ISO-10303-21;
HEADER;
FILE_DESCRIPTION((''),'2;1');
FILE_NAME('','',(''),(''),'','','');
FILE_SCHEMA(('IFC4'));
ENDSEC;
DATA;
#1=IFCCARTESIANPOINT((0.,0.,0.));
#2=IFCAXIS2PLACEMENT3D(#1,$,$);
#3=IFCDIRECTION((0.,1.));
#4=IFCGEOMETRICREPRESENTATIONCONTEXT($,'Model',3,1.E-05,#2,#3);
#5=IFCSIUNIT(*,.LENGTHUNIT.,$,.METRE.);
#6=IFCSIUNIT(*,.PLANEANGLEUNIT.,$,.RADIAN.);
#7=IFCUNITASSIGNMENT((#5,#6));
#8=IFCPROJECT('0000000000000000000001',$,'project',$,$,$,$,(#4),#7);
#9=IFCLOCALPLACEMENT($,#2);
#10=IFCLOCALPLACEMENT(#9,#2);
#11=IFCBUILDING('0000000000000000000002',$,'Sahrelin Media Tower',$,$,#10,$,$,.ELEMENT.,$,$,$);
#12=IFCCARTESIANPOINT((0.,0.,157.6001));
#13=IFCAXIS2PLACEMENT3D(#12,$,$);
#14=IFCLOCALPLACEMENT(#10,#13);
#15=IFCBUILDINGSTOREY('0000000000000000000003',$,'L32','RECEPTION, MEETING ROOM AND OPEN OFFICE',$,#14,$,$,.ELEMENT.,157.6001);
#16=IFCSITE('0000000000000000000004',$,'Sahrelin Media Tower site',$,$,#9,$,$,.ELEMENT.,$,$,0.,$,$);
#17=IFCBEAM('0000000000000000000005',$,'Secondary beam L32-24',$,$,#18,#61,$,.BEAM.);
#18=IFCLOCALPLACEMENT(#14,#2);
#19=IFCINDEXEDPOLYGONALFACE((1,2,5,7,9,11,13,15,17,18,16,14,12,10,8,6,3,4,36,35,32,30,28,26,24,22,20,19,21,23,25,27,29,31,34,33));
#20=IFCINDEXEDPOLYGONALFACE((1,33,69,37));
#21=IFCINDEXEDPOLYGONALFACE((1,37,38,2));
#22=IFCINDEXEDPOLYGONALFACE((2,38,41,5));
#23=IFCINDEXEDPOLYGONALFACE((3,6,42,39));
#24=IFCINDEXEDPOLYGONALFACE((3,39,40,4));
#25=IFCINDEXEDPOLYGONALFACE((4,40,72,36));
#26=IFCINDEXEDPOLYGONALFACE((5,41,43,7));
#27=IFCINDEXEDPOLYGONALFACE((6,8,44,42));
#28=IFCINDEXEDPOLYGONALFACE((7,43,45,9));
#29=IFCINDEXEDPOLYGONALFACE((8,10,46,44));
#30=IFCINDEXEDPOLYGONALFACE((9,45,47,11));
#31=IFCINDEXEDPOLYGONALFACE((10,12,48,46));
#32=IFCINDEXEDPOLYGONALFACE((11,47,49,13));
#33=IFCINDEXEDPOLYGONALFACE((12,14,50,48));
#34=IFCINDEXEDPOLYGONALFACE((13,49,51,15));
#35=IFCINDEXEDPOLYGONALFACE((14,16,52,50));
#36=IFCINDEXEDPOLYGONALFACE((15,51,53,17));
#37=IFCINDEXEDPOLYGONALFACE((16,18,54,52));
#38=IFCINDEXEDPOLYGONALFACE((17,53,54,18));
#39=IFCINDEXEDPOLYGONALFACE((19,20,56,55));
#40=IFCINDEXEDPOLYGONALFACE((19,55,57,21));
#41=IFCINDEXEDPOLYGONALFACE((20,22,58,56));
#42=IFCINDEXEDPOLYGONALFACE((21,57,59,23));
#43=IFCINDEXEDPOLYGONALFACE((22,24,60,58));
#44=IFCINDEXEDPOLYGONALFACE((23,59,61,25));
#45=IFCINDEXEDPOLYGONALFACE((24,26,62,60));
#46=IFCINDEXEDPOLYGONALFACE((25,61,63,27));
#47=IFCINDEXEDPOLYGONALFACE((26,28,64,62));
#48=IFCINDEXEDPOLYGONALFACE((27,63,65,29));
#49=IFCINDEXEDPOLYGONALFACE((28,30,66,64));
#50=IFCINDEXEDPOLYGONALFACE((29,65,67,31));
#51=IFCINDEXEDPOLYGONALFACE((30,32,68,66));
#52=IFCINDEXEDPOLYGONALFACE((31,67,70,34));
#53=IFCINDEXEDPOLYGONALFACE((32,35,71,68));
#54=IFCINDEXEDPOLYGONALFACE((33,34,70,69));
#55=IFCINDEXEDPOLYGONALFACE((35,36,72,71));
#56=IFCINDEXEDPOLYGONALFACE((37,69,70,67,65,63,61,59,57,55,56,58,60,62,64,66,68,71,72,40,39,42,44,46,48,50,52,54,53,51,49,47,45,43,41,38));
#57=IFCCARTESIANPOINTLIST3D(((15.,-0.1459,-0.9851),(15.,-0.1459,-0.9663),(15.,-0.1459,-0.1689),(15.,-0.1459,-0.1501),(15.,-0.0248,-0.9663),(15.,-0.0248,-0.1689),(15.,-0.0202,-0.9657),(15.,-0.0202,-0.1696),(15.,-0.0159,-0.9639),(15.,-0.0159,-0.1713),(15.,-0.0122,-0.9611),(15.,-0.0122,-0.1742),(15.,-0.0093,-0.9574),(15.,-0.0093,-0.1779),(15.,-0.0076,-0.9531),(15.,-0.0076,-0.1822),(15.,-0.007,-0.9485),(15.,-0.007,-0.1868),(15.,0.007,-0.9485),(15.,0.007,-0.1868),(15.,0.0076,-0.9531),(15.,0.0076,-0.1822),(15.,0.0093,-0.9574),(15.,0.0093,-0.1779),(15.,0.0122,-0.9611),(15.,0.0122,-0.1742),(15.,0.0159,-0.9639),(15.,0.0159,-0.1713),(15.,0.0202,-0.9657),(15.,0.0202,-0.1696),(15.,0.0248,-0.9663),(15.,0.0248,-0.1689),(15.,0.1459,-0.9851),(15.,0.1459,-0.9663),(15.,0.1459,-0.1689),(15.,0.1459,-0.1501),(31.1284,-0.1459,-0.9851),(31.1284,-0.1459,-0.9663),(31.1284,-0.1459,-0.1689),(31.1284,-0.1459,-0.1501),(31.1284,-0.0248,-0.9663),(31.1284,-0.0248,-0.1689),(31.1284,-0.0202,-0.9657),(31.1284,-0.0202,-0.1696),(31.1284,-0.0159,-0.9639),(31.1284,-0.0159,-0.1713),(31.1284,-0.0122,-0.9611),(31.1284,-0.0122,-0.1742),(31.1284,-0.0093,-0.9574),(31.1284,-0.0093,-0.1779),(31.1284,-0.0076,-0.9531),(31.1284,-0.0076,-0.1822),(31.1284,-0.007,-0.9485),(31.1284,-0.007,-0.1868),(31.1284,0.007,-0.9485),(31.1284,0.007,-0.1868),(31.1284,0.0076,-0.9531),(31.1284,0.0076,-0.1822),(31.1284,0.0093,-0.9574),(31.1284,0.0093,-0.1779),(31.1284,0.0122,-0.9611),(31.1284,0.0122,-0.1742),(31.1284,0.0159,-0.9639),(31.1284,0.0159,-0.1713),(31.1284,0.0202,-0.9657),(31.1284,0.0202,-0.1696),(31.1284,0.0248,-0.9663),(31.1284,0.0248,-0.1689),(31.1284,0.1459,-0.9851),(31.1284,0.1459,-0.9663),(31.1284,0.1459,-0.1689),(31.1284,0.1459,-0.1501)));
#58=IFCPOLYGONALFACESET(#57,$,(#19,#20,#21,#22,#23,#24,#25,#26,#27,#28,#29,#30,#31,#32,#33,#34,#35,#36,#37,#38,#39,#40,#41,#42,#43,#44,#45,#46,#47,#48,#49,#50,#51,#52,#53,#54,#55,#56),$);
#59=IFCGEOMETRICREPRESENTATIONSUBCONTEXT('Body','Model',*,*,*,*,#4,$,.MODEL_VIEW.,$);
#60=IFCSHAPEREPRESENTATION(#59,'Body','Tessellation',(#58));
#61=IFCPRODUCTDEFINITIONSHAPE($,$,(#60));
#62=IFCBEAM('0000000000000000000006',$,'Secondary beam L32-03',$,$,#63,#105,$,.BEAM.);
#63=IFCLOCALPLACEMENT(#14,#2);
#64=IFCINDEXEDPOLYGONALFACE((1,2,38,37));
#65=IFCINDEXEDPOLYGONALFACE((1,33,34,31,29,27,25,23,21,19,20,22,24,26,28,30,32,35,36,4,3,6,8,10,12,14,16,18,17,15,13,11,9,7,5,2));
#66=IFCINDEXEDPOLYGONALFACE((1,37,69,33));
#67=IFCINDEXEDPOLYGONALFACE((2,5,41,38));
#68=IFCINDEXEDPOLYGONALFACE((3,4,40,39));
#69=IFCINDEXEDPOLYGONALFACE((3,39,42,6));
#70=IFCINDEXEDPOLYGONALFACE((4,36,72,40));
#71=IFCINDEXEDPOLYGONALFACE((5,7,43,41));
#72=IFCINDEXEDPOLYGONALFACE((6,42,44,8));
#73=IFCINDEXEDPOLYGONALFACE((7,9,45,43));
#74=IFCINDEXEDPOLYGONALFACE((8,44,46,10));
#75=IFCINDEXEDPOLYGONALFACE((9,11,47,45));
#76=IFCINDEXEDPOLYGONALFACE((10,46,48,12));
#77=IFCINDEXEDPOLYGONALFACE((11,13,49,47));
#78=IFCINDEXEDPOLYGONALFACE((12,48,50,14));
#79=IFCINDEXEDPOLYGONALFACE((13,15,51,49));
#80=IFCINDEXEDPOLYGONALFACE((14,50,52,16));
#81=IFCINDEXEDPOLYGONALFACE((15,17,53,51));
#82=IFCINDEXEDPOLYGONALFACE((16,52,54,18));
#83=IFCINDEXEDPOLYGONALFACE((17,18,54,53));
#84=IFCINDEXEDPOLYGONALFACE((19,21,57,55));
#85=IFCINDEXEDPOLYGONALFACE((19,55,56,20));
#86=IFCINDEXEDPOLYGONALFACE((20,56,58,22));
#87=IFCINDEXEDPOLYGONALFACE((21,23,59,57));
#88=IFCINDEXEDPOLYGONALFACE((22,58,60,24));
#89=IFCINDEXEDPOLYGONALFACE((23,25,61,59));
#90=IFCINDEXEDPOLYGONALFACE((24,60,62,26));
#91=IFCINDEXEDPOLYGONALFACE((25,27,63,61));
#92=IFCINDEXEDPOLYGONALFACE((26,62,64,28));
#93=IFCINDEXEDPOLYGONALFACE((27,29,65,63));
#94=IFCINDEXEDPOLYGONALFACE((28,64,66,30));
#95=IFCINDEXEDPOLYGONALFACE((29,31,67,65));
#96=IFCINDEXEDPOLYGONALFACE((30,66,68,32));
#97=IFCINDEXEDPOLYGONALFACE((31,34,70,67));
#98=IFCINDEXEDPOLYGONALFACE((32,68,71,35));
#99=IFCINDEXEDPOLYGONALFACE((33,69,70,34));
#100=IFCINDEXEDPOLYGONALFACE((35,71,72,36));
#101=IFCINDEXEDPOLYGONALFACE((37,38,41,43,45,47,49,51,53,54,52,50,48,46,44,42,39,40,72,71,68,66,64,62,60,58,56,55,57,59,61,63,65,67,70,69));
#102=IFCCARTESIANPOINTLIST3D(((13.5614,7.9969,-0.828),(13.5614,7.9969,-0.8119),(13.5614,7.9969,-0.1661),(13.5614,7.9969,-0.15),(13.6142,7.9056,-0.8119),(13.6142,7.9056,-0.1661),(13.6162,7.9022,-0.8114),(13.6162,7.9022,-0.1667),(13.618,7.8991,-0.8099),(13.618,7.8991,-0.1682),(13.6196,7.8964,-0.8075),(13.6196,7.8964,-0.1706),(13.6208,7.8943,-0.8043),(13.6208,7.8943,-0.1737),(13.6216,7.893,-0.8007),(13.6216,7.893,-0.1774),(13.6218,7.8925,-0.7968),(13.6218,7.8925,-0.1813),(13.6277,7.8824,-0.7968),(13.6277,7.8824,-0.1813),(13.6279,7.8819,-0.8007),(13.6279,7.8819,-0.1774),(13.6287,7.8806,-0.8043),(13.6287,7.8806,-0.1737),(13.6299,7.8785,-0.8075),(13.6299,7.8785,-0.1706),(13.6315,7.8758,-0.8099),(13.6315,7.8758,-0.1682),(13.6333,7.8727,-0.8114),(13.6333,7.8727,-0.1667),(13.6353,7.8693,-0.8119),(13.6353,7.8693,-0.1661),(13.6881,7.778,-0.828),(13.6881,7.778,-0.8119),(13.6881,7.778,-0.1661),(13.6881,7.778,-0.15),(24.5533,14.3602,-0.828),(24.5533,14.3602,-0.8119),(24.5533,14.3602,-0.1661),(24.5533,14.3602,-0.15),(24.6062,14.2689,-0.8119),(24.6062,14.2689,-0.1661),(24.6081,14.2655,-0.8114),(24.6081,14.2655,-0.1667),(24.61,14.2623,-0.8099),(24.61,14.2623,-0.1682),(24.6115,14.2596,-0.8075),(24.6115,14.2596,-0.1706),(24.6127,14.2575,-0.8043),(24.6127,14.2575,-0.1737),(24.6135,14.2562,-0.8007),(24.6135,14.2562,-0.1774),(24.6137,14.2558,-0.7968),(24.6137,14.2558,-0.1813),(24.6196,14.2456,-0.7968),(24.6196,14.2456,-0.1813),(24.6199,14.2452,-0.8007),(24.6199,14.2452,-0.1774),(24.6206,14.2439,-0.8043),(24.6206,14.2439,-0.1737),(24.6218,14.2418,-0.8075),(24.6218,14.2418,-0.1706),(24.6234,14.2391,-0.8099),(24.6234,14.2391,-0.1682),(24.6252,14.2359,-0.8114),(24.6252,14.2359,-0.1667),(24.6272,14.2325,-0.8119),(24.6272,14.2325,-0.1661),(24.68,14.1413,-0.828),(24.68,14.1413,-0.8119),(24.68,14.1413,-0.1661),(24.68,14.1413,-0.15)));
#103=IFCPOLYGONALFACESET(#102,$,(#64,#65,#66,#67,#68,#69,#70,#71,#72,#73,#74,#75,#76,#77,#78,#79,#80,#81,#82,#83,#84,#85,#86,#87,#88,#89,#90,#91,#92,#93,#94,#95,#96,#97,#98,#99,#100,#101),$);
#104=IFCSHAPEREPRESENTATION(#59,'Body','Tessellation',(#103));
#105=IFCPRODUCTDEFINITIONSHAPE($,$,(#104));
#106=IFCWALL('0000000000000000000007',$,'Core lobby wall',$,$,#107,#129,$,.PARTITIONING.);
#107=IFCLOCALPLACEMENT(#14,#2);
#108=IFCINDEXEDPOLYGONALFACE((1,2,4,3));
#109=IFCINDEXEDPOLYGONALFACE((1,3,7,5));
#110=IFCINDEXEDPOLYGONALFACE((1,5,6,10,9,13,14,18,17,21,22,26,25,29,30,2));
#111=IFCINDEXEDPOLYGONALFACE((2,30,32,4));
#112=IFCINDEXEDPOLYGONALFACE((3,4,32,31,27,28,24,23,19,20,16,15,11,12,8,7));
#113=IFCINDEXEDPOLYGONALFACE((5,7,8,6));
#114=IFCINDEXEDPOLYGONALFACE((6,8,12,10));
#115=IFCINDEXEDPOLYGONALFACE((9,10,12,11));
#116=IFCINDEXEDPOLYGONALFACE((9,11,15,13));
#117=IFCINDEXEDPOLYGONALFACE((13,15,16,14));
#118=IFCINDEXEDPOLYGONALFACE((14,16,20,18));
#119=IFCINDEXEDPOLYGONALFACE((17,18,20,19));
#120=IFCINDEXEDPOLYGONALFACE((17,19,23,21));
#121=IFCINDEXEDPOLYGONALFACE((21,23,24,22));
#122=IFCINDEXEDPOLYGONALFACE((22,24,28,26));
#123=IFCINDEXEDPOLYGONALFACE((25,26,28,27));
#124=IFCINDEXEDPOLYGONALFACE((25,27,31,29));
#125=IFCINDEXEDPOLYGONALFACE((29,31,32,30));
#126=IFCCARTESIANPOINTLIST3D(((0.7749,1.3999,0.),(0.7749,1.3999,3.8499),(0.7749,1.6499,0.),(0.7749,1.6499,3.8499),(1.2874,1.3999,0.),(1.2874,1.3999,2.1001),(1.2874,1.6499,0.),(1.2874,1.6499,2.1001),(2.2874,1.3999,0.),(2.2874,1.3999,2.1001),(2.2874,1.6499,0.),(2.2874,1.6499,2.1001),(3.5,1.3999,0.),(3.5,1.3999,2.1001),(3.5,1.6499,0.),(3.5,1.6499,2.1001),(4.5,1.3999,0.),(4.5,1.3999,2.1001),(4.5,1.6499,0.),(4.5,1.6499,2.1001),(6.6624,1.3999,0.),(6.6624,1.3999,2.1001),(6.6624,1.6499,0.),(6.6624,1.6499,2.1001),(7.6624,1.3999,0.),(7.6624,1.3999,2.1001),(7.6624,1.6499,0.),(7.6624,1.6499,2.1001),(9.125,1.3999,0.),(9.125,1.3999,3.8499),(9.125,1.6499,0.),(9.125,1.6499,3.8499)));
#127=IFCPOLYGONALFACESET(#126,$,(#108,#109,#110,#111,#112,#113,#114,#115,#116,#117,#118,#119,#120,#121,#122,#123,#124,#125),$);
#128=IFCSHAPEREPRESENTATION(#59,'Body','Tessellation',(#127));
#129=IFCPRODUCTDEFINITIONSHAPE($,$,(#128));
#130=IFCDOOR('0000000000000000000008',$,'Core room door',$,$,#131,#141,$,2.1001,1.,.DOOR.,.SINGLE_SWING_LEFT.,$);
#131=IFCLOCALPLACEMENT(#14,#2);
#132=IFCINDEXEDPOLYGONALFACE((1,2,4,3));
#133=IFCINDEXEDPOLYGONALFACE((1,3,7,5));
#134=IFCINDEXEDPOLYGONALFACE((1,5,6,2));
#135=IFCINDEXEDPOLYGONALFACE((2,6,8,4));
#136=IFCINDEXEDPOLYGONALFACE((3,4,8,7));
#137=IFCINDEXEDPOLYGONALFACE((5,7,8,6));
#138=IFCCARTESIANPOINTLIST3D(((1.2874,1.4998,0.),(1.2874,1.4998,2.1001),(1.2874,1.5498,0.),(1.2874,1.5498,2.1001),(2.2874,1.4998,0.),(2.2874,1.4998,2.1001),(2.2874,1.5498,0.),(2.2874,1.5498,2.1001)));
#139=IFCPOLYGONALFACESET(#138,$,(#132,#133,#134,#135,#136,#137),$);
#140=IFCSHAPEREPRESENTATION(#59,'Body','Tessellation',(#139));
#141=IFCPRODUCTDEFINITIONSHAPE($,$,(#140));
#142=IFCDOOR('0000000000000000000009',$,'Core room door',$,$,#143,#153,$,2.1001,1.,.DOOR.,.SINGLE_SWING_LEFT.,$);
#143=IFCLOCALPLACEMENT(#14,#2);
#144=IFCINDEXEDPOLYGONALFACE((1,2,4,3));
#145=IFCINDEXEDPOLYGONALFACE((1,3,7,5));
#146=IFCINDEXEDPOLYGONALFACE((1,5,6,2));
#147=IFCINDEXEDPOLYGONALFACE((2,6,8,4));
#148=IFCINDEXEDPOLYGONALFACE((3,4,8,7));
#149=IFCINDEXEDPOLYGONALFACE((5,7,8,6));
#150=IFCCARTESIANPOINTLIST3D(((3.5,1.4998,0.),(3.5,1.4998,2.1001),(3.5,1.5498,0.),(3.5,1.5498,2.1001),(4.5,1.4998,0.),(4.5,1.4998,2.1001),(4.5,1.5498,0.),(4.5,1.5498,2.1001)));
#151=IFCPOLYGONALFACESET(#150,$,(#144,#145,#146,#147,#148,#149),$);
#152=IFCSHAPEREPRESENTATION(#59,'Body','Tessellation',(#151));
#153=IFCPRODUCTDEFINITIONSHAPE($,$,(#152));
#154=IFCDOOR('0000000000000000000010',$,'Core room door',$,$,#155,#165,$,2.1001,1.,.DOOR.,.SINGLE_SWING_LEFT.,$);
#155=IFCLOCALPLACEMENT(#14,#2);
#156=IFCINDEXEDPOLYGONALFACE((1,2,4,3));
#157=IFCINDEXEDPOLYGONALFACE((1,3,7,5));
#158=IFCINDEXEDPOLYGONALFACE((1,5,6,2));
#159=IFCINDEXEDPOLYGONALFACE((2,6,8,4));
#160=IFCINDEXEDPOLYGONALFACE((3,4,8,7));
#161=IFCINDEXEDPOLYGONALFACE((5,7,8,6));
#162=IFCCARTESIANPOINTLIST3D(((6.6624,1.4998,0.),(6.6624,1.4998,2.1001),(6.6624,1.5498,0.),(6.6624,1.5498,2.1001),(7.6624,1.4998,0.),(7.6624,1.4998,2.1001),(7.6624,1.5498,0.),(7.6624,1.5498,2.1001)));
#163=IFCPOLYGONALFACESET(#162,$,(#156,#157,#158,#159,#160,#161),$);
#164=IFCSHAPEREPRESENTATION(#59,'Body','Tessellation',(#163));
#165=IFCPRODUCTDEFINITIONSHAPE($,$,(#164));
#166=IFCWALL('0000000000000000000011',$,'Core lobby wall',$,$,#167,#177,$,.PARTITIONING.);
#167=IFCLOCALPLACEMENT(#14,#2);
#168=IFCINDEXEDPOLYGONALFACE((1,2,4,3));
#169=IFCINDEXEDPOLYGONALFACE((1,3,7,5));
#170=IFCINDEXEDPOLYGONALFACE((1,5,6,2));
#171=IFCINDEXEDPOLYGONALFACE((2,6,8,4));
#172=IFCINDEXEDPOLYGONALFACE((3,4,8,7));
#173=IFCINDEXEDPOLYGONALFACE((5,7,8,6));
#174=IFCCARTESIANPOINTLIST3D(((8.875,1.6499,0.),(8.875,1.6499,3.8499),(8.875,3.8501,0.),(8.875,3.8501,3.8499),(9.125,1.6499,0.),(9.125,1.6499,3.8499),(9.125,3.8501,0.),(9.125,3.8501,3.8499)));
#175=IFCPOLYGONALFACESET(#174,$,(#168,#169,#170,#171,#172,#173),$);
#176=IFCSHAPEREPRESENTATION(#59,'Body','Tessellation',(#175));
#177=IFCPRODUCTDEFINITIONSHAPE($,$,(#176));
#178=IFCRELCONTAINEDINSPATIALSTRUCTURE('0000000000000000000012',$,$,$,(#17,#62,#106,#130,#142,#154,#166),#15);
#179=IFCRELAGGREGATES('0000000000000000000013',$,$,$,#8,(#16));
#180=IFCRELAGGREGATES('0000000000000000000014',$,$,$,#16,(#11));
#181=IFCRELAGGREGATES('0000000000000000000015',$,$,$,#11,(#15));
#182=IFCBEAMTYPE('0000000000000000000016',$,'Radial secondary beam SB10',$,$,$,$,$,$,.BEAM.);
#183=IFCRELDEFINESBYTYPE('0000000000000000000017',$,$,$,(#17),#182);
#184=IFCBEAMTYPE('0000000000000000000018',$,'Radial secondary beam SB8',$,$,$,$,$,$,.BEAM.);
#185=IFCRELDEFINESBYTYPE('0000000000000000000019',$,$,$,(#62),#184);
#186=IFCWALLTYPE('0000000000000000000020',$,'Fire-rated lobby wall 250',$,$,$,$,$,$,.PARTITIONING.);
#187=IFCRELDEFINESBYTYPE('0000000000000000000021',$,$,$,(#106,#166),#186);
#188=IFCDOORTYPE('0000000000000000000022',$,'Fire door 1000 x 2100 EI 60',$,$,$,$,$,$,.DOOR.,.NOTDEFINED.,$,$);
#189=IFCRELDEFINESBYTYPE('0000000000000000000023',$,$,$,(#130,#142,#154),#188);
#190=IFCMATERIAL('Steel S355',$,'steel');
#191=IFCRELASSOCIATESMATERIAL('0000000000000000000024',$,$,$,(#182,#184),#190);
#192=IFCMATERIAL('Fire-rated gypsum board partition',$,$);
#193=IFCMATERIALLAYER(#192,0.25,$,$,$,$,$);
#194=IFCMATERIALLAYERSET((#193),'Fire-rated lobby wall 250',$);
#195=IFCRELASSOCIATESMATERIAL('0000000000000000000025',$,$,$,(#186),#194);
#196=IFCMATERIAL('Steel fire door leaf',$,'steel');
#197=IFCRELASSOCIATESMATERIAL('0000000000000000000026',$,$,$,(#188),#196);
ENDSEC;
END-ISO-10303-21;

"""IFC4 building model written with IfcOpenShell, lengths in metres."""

from ifc_helpers import new_model, si_unit, direction, frame, frame_2d, origin, origin_2d, place, context, subcontext, project, spatial, rectangle, i_section, extrude, material, layer, layer_set, material_profile, profile_set, type_object, element, fill, save


model = new_model("IFC4")

# Units and contexts
model_context = context("Model", 3, precision=1e-05, world=origin(), true_north=direction((0.0, 1.0)))
body_context = subcontext(model_context, "Body", "Model", "MODEL_VIEW")
ifc_project = project(units=[si_unit("LENGTHUNIT", "METRE"), si_unit("PLANEANGLEUNIT", "RADIAN")], contexts=[model_context])

# Site, building, storey
site_placement = place(None, origin())
site = spatial("IfcSite", under=ifc_project, at=site_placement, Name="Sahrelin Media Tower site", CompositionType="ELEMENT", RefElevation=0.0)
building_placement = place(site_placement, origin())
building = spatial("IfcBuilding", under=site, at=building_placement, Name="Sahrelin Media Tower", CompositionType="ELEMENT")
storey_placement = place(building_placement, frame((0.0, 0.0, 157.6001)))
storey = spatial("IfcBuildingStorey", under=building, at=storey_placement, Name="L32", Description="RECEPTION, MEETING ROOM AND OPEN OFFICE", CompositionType="ELEMENT", Elevation=157.6001)

# Beams
ifc_material_1 = material(Name="Steel S355", Category="steel")
ifc_material_profile_1 = material_profile(ifc_material_1, i_section(OverallWidth=0.2917, OverallDepth=0.835, WebThickness=0.0139, FlangeThickness=0.0188, FilletRadius=0.0178, at=origin_2d()), Name="UB 838x292x176")
ifc_profile_set_1 = profile_set([ifc_material_profile_1], Name="Steel S355")
beam_type_1 = type_object("IfcBeamType", Name="Radial secondary beam SB10", PredefinedType="BEAM", material=ifc_profile_set_1)
beam_1_placement = place(storey_placement, frame((15.0, 0.0, -0.5676), z_axis=(1.0, 0.0, 0.0), x_axis=(0.0, 1.0, 0.0)))
element("IfcBeam", 1, at=beam_1_placement, inside=storey, type_object=beam_type_1, Name="Secondary beam L32-24", PredefinedType="BEAM", context=body_context, shape_type="SweptSolid", body=[
    extrude(i_section(OverallWidth=0.2917, OverallDepth=0.835, WebThickness=0.0139, FlangeThickness=0.0188, FilletRadius=0.0178, at=origin_2d()), origin(), (0.0, 0.0, 1.0), 16.1284),
])
ifc_material_profile_2 = material_profile(ifc_material_1, i_section(OverallWidth=0.2529, OverallDepth=0.678, WebThickness=0.0117, FlangeThickness=0.0161, FilletRadius=0.0151, at=origin_2d()), Name="UB 686x254x125")
ifc_profile_set_2 = profile_set([ifc_material_profile_2], Name="Steel S355")
beam_type_2 = type_object("IfcBeamType", Name="Radial secondary beam SB8", PredefinedType="BEAM", material=ifc_profile_set_2)
beam_2_placement = place(storey_placement, frame((13.6248, 7.8875, -0.489), z_axis=(0.865443, 0.501008, 0.0), x_axis=(-0.501008, 0.865443, 0.0)))
element("IfcBeam", 2, at=beam_2_placement, inside=storey, type_object=beam_type_2, Name="Secondary beam L32-03", PredefinedType="BEAM", context=body_context, shape_type="SweptSolid", body=[
    extrude(i_section(OverallWidth=0.2529, OverallDepth=0.678, WebThickness=0.0117, FlangeThickness=0.0161, FilletRadius=0.0151, at=origin_2d()), origin(), (0.0, 0.0, 1.0), 12.7009),
])

# Wall, openings, doors
ifc_material_2 = material(Name="Fire-rated gypsum board partition")
ifc_layer_1 = layer(ifc_material_2, 0.25)
ifc_layer_set_1 = layer_set([ifc_layer_1], Name="Fire-rated lobby wall 250")
wall_type_1 = type_object("IfcWallType", Name="Fire-rated lobby wall 250", PredefinedType="PARTITIONING", material=ifc_layer_set_1)
wall_1_placement = place(storey_placement, frame((0.7749, 1.5249, 0.0), z_axis=(0.0, 0.0, 1.0), x_axis=(1.0, 0.0, 0.0)))
wall_1 = element("IfcWall", 3, at=wall_1_placement, inside=storey, type_object=wall_type_1, Name="Core lobby wall", PredefinedType="PARTITIONING", context=body_context, shape_type="SweptSolid", body=[
    extrude(rectangle(XDim=8.3501, YDim=0.25, at=frame_2d((4.175, 0.0))), origin(), (0.0, 0.0, 1.0), 3.8499),
])
opening_1_placement = place(wall_1_placement, frame((0.5125, 0.0, 0.0)))
opening_1 = element("IfcOpeningElement", 4, at=opening_1_placement, cuts=wall_1, PredefinedType="OPENING", context=body_context, shape_type="SweptSolid", body=[
    extrude(rectangle(XDim=1.0, YDim=2.1001, at=frame_2d((0.5, 1.05))), frame((0.0, 0.125, 0.0), z_axis=(0.0, -1.0, 0.0), x_axis=(1.0, 0.0, 0.0)), (0.0, 0.0, 1.0), 0.25),
])
opening_2_placement = place(wall_1_placement, frame((2.7251, 0.0, 0.0)))
opening_2 = element("IfcOpeningElement", 5, at=opening_2_placement, cuts=wall_1, PredefinedType="OPENING", context=body_context, shape_type="SweptSolid", body=[
    extrude(rectangle(XDim=1.0, YDim=2.1001, at=frame_2d((0.5, 1.05))), frame((0.0, 0.125, 0.0), z_axis=(0.0, -1.0, 0.0), x_axis=(1.0, 0.0, 0.0)), (0.0, 0.0, 1.0), 0.25),
])
opening_3_placement = place(wall_1_placement, frame((5.8875, 0.0, 0.0)))
opening_3 = element("IfcOpeningElement", 6, at=opening_3_placement, cuts=wall_1, PredefinedType="OPENING", context=body_context, shape_type="SweptSolid", body=[
    extrude(rectangle(XDim=1.0, YDim=2.1001, at=frame_2d((0.5, 1.05))), frame((0.0, 0.125, 0.0), z_axis=(0.0, -1.0, 0.0), x_axis=(1.0, 0.0, 0.0)), (0.0, 0.0, 1.0), 0.25),
])
ifc_material_3 = material(Name="Steel fire door leaf", Category="steel")
door_type_1 = type_object("IfcDoorType", Name="Fire door 1000 x 2100 EI 60", OperationType="NOTDEFINED", PredefinedType="DOOR", material=ifc_material_3)
door_1_placement = place(opening_1_placement, origin())
door_1 = element("IfcDoor", 7, at=door_1_placement, inside=storey, type_object=door_type_1, Name="Core room door", OperationType="SINGLE_SWING_LEFT", OverallHeight=2.1001, OverallWidth=1.0, PredefinedType="DOOR", context=body_context, shape_type="SweptSolid", body=[
    extrude(rectangle(XDim=1.0, YDim=2.1001, at=frame_2d((0.5, 1.05))), frame((0.0, 0.0249, 0.0), z_axis=(0.0, -1.0, 0.0), x_axis=(1.0, 0.0, 0.0)), (0.0, 0.0, 1.0), 0.05),
])
fill(opening_1, door_1)
door_2_placement = place(opening_2_placement, origin())
door_2 = element("IfcDoor", 8, at=door_2_placement, inside=storey, type_object=door_type_1, Name="Core room door", OperationType="SINGLE_SWING_LEFT", OverallHeight=2.1001, OverallWidth=1.0, PredefinedType="DOOR", context=body_context, shape_type="SweptSolid", body=[
    extrude(rectangle(XDim=1.0, YDim=2.1001, at=frame_2d((0.5, 1.05))), frame((0.0, 0.0249, 0.0), z_axis=(0.0, -1.0, 0.0), x_axis=(1.0, 0.0, 0.0)), (0.0, 0.0, 1.0), 0.05),
])
fill(opening_2, door_2)
door_3_placement = place(opening_3_placement, origin())
door_3 = element("IfcDoor", 9, at=door_3_placement, inside=storey, type_object=door_type_1, Name="Core room door", OperationType="SINGLE_SWING_LEFT", OverallHeight=2.1001, OverallWidth=1.0, PredefinedType="DOOR", context=body_context, shape_type="SweptSolid", body=[
    extrude(rectangle(XDim=1.0, YDim=2.1001, at=frame_2d((0.5, 1.05))), frame((0.0, 0.0249, 0.0), z_axis=(0.0, -1.0, 0.0), x_axis=(1.0, 0.0, 0.0)), (0.0, 0.0, 1.0), 0.05),
])
fill(opening_3, door_3)

# Wall
for number, where, z_axis, x_axis, name in (
    (10, (9.0, 1.6499, 0.0), (0.0, 0.0, 1.0), (0.0, 1.0, 0.0), "Core lobby wall"),
):
    element("IfcWall", number, at=place(storey_placement, frame(where, z_axis=z_axis, x_axis=x_axis)), inside=storey, type_object=wall_type_1, Name=name, PredefinedType="PARTITIONING", context=body_context, shape_type="SweptSolid", body=[
        extrude(rectangle(XDim=2.2002, YDim=0.25, at=frame_2d((1.1001, 0.0))), origin(), (0.0, 0.0, 1.0), 3.8499),
    ])

save(model, "model.ifc")
